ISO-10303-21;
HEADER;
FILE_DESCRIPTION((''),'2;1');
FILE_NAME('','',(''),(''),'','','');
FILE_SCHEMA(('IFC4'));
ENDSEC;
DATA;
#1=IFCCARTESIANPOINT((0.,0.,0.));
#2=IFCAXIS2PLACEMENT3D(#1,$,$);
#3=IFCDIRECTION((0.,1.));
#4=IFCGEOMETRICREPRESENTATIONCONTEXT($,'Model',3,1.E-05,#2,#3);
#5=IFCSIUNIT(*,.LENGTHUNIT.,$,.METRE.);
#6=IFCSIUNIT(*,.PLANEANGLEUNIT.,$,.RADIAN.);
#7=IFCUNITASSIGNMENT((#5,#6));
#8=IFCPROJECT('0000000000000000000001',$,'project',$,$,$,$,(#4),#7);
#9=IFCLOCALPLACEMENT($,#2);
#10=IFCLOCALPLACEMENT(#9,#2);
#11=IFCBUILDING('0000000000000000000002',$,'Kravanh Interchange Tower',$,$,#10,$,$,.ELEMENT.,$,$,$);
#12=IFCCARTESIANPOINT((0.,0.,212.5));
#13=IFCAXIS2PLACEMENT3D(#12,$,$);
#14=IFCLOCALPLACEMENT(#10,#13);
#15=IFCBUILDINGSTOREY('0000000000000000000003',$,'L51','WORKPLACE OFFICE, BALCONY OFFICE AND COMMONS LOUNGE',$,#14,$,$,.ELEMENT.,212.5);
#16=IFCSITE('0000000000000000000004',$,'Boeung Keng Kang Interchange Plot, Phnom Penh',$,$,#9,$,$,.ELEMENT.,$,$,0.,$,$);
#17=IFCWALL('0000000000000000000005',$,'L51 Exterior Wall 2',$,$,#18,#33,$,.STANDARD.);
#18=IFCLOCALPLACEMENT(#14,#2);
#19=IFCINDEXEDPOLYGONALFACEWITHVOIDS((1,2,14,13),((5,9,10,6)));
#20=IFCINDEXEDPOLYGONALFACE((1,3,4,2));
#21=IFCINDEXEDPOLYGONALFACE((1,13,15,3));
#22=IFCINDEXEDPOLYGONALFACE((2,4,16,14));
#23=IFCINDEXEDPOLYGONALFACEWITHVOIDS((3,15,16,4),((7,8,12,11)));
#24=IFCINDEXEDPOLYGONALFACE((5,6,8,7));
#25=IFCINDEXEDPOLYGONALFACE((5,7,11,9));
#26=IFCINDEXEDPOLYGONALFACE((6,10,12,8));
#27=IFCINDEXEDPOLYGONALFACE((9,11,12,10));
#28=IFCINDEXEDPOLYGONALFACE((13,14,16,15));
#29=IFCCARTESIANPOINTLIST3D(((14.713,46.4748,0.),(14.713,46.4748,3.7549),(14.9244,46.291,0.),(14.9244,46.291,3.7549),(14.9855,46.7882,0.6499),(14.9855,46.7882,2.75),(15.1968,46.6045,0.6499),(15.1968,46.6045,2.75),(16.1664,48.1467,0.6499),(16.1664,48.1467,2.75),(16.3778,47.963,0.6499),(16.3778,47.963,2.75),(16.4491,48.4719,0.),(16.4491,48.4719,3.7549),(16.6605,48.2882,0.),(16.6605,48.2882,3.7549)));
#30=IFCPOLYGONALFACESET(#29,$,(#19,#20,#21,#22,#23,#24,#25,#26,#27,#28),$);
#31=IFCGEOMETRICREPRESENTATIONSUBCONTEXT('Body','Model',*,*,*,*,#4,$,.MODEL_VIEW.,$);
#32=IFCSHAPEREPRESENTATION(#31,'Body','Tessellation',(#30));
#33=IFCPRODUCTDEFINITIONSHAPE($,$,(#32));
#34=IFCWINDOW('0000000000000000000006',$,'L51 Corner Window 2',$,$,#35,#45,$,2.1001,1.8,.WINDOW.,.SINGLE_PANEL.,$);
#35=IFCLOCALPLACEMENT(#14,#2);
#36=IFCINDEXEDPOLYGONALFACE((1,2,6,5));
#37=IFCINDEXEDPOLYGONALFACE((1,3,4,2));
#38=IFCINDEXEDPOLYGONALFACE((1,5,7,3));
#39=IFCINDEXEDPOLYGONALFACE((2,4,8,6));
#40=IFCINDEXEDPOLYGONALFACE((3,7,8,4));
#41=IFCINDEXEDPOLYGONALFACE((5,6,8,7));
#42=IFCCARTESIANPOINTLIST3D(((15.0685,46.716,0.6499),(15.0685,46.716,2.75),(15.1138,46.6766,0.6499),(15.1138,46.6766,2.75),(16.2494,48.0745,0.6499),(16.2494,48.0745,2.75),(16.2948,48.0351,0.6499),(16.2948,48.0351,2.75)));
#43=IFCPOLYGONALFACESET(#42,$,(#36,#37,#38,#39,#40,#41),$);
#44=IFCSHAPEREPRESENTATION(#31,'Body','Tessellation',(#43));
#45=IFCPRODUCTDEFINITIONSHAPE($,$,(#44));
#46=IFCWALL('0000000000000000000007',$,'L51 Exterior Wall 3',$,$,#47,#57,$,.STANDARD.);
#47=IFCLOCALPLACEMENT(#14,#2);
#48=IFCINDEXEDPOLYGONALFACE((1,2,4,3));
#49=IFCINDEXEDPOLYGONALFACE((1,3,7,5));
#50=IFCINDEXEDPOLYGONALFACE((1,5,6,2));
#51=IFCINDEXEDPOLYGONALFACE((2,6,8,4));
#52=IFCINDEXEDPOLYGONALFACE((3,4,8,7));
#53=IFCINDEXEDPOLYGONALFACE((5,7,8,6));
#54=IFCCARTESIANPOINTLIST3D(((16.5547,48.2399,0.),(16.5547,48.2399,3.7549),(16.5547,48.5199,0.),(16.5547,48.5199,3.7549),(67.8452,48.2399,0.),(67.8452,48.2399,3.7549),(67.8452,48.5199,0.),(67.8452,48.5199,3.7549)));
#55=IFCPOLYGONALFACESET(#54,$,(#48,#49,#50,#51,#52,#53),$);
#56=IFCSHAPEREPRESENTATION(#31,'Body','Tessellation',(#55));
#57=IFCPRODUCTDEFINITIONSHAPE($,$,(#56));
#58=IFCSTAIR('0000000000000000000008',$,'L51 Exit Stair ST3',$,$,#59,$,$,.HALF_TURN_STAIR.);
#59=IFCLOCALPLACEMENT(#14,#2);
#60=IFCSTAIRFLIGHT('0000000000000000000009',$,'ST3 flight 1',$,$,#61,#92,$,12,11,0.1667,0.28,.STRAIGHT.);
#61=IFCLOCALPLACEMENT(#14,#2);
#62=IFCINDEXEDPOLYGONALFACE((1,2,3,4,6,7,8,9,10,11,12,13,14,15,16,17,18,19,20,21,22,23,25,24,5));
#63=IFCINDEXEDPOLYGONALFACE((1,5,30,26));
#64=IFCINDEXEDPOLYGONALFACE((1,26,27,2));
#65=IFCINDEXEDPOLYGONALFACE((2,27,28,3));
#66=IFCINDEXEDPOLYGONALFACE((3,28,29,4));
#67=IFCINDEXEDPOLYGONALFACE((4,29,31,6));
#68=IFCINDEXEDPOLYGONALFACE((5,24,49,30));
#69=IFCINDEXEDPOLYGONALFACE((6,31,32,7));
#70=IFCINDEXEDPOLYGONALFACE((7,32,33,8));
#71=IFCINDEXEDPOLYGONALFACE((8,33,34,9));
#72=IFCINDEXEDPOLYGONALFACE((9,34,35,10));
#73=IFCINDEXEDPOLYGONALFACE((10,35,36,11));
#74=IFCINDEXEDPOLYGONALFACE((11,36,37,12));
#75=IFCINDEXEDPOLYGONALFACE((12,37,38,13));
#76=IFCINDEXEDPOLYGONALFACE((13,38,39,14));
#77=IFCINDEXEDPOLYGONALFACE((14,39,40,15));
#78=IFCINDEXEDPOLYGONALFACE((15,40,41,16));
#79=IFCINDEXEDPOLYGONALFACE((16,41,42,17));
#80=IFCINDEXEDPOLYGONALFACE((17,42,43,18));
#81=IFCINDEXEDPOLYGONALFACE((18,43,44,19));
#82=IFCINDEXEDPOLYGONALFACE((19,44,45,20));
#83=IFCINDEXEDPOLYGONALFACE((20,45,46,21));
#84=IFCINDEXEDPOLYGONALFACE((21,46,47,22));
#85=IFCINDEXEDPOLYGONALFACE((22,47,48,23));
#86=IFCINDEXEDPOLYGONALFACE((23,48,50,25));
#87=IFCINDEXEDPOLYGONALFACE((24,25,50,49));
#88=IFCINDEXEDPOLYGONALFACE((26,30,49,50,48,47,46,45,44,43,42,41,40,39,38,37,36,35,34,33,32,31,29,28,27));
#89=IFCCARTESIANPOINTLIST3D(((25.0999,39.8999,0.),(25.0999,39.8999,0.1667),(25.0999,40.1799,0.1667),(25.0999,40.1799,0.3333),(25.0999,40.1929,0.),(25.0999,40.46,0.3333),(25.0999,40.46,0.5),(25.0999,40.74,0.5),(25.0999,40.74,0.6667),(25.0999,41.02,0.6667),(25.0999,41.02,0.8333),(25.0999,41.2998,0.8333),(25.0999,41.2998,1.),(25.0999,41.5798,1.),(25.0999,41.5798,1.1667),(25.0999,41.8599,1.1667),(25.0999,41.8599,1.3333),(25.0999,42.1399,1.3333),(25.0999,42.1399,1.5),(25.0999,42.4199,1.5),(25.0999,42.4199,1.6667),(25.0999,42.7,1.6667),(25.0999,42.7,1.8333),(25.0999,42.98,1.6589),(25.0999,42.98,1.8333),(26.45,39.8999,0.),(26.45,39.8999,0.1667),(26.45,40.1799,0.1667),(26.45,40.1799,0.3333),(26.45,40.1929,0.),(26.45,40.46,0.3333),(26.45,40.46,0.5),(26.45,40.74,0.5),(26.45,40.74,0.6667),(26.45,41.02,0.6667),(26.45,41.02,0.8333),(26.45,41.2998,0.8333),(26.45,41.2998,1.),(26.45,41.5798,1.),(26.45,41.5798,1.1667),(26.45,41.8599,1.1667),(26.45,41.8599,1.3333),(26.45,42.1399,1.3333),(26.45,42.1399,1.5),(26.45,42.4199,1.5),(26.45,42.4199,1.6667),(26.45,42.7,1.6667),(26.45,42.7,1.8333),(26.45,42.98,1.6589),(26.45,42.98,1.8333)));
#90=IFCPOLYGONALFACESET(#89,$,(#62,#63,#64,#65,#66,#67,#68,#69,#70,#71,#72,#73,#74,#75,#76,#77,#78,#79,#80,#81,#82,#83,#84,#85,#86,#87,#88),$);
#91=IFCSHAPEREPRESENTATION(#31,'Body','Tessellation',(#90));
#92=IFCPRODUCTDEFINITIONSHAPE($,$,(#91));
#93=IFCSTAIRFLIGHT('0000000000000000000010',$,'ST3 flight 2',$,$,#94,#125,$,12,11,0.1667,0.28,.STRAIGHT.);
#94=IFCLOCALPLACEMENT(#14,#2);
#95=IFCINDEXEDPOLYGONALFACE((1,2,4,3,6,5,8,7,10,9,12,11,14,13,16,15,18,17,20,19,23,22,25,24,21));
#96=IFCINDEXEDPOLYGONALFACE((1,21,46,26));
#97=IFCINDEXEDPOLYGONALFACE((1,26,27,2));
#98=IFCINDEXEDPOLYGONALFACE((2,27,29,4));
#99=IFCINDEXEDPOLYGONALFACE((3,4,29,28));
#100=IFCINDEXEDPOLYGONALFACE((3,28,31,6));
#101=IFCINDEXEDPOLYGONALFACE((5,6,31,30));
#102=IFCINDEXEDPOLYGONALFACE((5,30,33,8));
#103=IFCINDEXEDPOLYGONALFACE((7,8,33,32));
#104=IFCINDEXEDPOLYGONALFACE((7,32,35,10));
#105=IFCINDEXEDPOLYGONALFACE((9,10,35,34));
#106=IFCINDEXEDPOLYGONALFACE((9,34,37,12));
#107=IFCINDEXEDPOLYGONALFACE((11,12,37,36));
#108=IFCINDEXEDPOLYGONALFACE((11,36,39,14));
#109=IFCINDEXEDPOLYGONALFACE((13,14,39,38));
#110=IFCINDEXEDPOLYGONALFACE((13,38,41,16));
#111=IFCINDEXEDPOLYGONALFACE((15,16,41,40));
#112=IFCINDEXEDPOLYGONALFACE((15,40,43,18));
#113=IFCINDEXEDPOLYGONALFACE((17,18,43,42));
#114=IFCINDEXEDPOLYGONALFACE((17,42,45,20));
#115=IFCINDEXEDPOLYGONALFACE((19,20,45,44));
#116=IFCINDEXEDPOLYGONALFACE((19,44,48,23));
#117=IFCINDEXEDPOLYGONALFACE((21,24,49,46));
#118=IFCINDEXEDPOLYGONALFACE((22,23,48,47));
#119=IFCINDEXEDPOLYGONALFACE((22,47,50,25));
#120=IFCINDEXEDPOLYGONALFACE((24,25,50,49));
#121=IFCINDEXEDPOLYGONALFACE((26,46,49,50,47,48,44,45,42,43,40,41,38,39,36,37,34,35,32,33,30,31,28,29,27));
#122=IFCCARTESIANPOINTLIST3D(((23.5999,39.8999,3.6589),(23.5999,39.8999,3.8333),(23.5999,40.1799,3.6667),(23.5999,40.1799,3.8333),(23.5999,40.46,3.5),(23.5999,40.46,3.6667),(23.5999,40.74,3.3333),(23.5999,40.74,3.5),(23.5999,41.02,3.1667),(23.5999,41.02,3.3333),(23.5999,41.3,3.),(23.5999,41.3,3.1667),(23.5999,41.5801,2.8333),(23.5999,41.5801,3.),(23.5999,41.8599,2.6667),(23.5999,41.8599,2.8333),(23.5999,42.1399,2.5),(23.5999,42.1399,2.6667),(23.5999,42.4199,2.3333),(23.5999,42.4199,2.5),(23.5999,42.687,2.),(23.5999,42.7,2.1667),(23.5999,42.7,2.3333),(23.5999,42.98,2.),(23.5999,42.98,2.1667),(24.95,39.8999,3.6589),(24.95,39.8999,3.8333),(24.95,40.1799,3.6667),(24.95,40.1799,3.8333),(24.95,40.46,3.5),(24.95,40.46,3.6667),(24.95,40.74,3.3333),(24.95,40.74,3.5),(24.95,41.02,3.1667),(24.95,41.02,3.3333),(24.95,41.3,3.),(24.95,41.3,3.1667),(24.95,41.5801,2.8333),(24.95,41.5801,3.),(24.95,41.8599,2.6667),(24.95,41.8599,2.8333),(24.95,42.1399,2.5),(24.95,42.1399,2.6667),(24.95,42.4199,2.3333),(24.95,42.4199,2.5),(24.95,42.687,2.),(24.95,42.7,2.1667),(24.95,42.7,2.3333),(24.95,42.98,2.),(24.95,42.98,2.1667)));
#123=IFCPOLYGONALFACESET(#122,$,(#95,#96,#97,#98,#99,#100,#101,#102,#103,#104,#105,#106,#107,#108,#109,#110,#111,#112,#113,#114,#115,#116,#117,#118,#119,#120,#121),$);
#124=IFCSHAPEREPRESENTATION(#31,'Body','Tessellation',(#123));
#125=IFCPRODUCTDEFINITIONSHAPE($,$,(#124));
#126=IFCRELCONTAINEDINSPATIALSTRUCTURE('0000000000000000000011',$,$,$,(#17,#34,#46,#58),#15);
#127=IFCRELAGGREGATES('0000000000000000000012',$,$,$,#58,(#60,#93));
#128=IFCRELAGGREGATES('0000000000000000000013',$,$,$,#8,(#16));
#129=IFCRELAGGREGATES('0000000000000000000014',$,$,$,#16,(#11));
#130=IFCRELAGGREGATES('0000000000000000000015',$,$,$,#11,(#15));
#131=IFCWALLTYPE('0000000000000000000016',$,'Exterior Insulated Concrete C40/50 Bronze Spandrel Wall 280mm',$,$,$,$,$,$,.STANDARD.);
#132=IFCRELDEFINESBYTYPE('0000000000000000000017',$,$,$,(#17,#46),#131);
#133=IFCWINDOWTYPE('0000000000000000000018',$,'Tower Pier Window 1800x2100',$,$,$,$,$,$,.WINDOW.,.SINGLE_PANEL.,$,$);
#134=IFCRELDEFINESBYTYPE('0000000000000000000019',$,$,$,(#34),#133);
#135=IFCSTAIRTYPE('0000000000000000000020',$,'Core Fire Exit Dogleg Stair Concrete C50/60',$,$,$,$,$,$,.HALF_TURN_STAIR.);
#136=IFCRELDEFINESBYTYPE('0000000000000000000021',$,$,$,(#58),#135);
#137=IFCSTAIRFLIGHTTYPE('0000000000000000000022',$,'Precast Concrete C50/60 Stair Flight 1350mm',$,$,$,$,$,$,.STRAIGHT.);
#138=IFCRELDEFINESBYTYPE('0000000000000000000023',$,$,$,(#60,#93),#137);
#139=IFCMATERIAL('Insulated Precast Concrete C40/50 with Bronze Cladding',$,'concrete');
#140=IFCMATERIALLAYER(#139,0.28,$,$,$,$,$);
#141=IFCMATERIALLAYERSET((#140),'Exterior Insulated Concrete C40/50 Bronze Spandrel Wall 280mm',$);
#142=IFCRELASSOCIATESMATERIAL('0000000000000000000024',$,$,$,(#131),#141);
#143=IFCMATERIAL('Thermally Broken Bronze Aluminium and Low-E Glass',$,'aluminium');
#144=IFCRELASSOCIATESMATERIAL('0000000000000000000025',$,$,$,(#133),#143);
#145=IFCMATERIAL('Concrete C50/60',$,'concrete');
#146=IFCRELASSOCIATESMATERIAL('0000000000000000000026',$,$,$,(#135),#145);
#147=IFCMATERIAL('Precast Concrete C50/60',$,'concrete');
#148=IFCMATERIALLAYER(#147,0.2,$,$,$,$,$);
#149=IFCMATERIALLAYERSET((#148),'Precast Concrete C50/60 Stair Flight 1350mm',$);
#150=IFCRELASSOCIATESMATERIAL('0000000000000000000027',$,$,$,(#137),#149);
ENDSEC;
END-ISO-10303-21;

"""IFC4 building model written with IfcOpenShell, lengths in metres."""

from ifc_helpers import new_model, si_unit, direction, frame, frame_2d, origin, place, context, subcontext, project, spatial, polyline, rectangle, outline, extrude, material, layer, layer_set, type_object, element, fill, aggregate, save


model = new_model("IFC4")

# Units and contexts
model_context = context("Model", 3, precision=1e-05, world=origin(), true_north=direction((0.0, 1.0)))
body_context = subcontext(model_context, "Body", "Model", "MODEL_VIEW")
ifc_project = project(units=[si_unit("LENGTHUNIT", "METRE"), si_unit("PLANEANGLEUNIT", "RADIAN")], contexts=[model_context])

# Site, building, storey
site_placement = place(None, origin())
site = spatial("IfcSite", under=ifc_project, at=site_placement, Name="Boeung Keng Kang Interchange Plot, Phnom Penh", CompositionType="ELEMENT", RefElevation=0.0)
building_placement = place(site_placement, origin())
building = spatial("IfcBuilding", under=site, at=building_placement, Name="Kravanh Interchange Tower", CompositionType="ELEMENT")
storey_placement = place(building_placement, frame((0.0, 0.0, 212.5)))
storey = spatial("IfcBuildingStorey", under=building, at=storey_placement, Name="L51", Description="WORKPLACE OFFICE, BALCONY OFFICE AND COMMONS LOUNGE", CompositionType="ELEMENT", Elevation=212.5)

# Wall, opening, window
ifc_material_1 = material(Name="Insulated Precast Concrete C40/50 with Bronze Cladding", Category="concrete")
ifc_layer_1 = layer(ifc_material_1, 0.28)
ifc_layer_set_1 = layer_set([ifc_layer_1], Name="Exterior Insulated Concrete C40/50 Bronze Spandrel Wall 280mm")
wall_type_1 = type_object("IfcWallType", Name="Exterior Insulated Concrete C40/50 Bronze Spandrel Wall 280mm", PredefinedType="STANDARD", material=ifc_layer_set_1)
ifc_material_2 = material(Name="Thermally Broken Bronze Aluminium and Low-E Glass", Category="aluminium")
window_type = type_object("IfcWindowType", Name="Tower Pier Window 1800x2100", PartitioningType="SINGLE_PANEL", PredefinedType="WINDOW", material=ifc_material_2)
wall_1_placement = place(storey_placement, frame((14.8186, 46.3828, 0.0), z_axis=(0.0, 0.0, 1.0), x_axis=(0.656071, 0.754699, 0.0)))
wall_1 = element("IfcWall", 1, at=wall_1_placement, inside=storey, type_object=wall_type_1, Name="L51 Exterior Wall 2", PredefinedType="STANDARD", context=body_context, shape_type="SweptSolid", body=[
    extrude(rectangle(XDim=2.6462, YDim=0.28, at=frame_2d((1.3232, 0.0))), origin(), (0.0, 0.0, 1.0), 3.7549),
])
opening_1_placement = place(wall_1_placement, frame((0.4155, 0.0, 0.6499)))
opening_1 = element("IfcOpeningElement", 2, at=opening_1_placement, cuts=wall_1, PredefinedType="OPENING", context=body_context, shape_type="SweptSolid", body=[
    extrude(rectangle(XDim=1.8, YDim=2.1001, at=frame_2d((0.8999, 1.05))), frame((0.0, 0.1499, 0.0), z_axis=(0.0, -1.0, 0.0), x_axis=(1.0, 0.0, 0.0)), (0.0, 0.0, 1.0), 0.3),
])
window_1_placement = place(opening_1_placement, origin())
window_1 = element("IfcWindow", 3, at=window_1_placement, inside=storey, type_object=window_type, Name="L51 Corner Window 2", OverallHeight=2.1001, OverallWidth=1.8, PartitioningType="SINGLE_PANEL", PredefinedType="WINDOW", context=body_context, shape_type="SweptSolid", body=[
    extrude(rectangle(XDim=1.8, YDim=2.1001, at=frame_2d((0.8999, 1.05))), frame((0.0, 0.03, 0.0), z_axis=(0.0, -1.0, 0.0), x_axis=(1.0, 0.0, 0.0)), (0.0, 0.0, 1.0), 0.0601),
])
fill(opening_1, window_1)

# Wall
wall_2_placement = place(storey_placement, frame((16.5547, 48.3799, 0.0), z_axis=(0.0, 0.0, 1.0), x_axis=(1.0, 0.0, 0.0)))
element("IfcWall", 4, at=wall_2_placement, inside=storey, type_object=wall_type_1, Name="L51 Exterior Wall 3", PredefinedType="STANDARD", context=body_context, shape_type="SweptSolid", body=[
    extrude(rectangle(XDim=51.2905, YDim=0.28, at=frame_2d((25.6453, 0.0))), origin(), (0.0, 0.0, 1.0), 3.7549),
])

# Stair, stair flights
ifc_material_3 = material(Name="Concrete C50/60", Category="concrete")
stair_type = type_object("IfcStairType", Name="Core Fire Exit Dogleg Stair Concrete C50/60", PredefinedType="HALF_TURN_STAIR", material=ifc_material_3)
stair_placement = place(storey_placement, origin())
stair = element("IfcStair", 5, at=stair_placement, inside=storey, type_object=stair_type, Name="L51 Exit Stair ST3", PredefinedType="HALF_TURN_STAIR")
ifc_material_4 = material(Name="Precast Concrete C50/60", Category="concrete")
ifc_layer_2 = layer(ifc_material_4, 0.2)
ifc_layer_set_2 = layer_set([ifc_layer_2], Name="Precast Concrete C50/60 Stair Flight 1350mm")
stair_flight_type = type_object("IfcStairFlightType", Name="Precast Concrete C50/60 Stair Flight 1350mm", PredefinedType="STRAIGHT", material=ifc_layer_set_2)
stair_flight_1_placement = place(storey_placement, frame((25.7749, 39.8999, 0.0), z_axis=(0.0, 0.0, 1.0), x_axis=(0.0, 1.0, 0.0)))
stair_flight_1 = element("IfcStairFlight", 6, at=stair_flight_1_placement, type_object=stair_flight_type, Name="ST3 flight 1", NumberOfRisers=12, NumberOfTreads=11, PredefinedType="STRAIGHT", RiserHeight=0.1667, TreadLength=0.28, context=body_context, shape_type="SweptSolid", body=[
    extrude(outline(polyline([(0.0, 0.0), (0.0, 0.1667), (0.28, 0.1667), (0.28, 0.3333), (0.5601, 0.3333), (0.5601, 0.5), (0.8401, 0.5), (0.8401, 0.6667), (1.1201, 0.6667), (1.1201, 0.8333), (1.3999, 0.8333), (1.3999, 1.0), (1.6799, 1.0), (1.6799, 1.1667), (1.96, 1.1667), (1.96, 1.3333), (2.24, 1.3333), (2.24, 1.5), (2.52, 1.5), (2.52, 1.6667), (2.8, 1.6667), (2.8, 1.8333), (3.0801, 1.8333), (3.0801, 2.0), (3.0801, 1.6589), (0.293, 0.0), (0.0, 0.0)])), frame((0.0, 0.675, 0.0), z_axis=(0.0, -1.0, 0.0), x_axis=(1.0, 0.0, 0.0)), (0.0, 0.0, 1.0), 1.3501),
])
stair_flight_2_placement = place(storey_placement, frame((24.2749, 42.98, 2.0), z_axis=(0.0, 0.0, 1.0), x_axis=(0.0, -1.0, 0.0)))
stair_flight_2 = element("IfcStairFlight", 7, at=stair_flight_2_placement, type_object=stair_flight_type, Name="ST3 flight 2", NumberOfRisers=12, NumberOfTreads=11, PredefinedType="STRAIGHT", RiserHeight=0.1667, TreadLength=0.28, context=body_context, shape_type="SweptSolid", body=[
    extrude(outline(polyline([(0.0, 0.0), (0.0, 0.1667), (0.28, 0.1667), (0.28, 0.3333), (0.5601, 0.3333), (0.5601, 0.5), (0.8401, 0.5), (0.8401, 0.6667), (1.1201, 0.6667), (1.1201, 0.8333), (1.3999, 0.8333), (1.3999, 1.0), (1.6799, 1.0), (1.6799, 1.1667), (1.96, 1.1667), (1.96, 1.3333), (2.24, 1.3333), (2.24, 1.5), (2.52, 1.5), (2.52, 1.6667), (2.8, 1.6667), (2.8, 1.8333), (3.0801, 1.8333), (3.0801, 2.0), (3.0801, 1.6589), (0.293, 0.0), (0.0, 0.0)])), frame((0.0, 0.675, 0.0), z_axis=(0.0, -1.0, 0.0), x_axis=(1.0, 0.0, 0.0)), (0.0, 0.0, 1.0), 1.3501),
])
aggregate(stair, [stair_flight_1, stair_flight_2])

save(model, "model.ifc")
